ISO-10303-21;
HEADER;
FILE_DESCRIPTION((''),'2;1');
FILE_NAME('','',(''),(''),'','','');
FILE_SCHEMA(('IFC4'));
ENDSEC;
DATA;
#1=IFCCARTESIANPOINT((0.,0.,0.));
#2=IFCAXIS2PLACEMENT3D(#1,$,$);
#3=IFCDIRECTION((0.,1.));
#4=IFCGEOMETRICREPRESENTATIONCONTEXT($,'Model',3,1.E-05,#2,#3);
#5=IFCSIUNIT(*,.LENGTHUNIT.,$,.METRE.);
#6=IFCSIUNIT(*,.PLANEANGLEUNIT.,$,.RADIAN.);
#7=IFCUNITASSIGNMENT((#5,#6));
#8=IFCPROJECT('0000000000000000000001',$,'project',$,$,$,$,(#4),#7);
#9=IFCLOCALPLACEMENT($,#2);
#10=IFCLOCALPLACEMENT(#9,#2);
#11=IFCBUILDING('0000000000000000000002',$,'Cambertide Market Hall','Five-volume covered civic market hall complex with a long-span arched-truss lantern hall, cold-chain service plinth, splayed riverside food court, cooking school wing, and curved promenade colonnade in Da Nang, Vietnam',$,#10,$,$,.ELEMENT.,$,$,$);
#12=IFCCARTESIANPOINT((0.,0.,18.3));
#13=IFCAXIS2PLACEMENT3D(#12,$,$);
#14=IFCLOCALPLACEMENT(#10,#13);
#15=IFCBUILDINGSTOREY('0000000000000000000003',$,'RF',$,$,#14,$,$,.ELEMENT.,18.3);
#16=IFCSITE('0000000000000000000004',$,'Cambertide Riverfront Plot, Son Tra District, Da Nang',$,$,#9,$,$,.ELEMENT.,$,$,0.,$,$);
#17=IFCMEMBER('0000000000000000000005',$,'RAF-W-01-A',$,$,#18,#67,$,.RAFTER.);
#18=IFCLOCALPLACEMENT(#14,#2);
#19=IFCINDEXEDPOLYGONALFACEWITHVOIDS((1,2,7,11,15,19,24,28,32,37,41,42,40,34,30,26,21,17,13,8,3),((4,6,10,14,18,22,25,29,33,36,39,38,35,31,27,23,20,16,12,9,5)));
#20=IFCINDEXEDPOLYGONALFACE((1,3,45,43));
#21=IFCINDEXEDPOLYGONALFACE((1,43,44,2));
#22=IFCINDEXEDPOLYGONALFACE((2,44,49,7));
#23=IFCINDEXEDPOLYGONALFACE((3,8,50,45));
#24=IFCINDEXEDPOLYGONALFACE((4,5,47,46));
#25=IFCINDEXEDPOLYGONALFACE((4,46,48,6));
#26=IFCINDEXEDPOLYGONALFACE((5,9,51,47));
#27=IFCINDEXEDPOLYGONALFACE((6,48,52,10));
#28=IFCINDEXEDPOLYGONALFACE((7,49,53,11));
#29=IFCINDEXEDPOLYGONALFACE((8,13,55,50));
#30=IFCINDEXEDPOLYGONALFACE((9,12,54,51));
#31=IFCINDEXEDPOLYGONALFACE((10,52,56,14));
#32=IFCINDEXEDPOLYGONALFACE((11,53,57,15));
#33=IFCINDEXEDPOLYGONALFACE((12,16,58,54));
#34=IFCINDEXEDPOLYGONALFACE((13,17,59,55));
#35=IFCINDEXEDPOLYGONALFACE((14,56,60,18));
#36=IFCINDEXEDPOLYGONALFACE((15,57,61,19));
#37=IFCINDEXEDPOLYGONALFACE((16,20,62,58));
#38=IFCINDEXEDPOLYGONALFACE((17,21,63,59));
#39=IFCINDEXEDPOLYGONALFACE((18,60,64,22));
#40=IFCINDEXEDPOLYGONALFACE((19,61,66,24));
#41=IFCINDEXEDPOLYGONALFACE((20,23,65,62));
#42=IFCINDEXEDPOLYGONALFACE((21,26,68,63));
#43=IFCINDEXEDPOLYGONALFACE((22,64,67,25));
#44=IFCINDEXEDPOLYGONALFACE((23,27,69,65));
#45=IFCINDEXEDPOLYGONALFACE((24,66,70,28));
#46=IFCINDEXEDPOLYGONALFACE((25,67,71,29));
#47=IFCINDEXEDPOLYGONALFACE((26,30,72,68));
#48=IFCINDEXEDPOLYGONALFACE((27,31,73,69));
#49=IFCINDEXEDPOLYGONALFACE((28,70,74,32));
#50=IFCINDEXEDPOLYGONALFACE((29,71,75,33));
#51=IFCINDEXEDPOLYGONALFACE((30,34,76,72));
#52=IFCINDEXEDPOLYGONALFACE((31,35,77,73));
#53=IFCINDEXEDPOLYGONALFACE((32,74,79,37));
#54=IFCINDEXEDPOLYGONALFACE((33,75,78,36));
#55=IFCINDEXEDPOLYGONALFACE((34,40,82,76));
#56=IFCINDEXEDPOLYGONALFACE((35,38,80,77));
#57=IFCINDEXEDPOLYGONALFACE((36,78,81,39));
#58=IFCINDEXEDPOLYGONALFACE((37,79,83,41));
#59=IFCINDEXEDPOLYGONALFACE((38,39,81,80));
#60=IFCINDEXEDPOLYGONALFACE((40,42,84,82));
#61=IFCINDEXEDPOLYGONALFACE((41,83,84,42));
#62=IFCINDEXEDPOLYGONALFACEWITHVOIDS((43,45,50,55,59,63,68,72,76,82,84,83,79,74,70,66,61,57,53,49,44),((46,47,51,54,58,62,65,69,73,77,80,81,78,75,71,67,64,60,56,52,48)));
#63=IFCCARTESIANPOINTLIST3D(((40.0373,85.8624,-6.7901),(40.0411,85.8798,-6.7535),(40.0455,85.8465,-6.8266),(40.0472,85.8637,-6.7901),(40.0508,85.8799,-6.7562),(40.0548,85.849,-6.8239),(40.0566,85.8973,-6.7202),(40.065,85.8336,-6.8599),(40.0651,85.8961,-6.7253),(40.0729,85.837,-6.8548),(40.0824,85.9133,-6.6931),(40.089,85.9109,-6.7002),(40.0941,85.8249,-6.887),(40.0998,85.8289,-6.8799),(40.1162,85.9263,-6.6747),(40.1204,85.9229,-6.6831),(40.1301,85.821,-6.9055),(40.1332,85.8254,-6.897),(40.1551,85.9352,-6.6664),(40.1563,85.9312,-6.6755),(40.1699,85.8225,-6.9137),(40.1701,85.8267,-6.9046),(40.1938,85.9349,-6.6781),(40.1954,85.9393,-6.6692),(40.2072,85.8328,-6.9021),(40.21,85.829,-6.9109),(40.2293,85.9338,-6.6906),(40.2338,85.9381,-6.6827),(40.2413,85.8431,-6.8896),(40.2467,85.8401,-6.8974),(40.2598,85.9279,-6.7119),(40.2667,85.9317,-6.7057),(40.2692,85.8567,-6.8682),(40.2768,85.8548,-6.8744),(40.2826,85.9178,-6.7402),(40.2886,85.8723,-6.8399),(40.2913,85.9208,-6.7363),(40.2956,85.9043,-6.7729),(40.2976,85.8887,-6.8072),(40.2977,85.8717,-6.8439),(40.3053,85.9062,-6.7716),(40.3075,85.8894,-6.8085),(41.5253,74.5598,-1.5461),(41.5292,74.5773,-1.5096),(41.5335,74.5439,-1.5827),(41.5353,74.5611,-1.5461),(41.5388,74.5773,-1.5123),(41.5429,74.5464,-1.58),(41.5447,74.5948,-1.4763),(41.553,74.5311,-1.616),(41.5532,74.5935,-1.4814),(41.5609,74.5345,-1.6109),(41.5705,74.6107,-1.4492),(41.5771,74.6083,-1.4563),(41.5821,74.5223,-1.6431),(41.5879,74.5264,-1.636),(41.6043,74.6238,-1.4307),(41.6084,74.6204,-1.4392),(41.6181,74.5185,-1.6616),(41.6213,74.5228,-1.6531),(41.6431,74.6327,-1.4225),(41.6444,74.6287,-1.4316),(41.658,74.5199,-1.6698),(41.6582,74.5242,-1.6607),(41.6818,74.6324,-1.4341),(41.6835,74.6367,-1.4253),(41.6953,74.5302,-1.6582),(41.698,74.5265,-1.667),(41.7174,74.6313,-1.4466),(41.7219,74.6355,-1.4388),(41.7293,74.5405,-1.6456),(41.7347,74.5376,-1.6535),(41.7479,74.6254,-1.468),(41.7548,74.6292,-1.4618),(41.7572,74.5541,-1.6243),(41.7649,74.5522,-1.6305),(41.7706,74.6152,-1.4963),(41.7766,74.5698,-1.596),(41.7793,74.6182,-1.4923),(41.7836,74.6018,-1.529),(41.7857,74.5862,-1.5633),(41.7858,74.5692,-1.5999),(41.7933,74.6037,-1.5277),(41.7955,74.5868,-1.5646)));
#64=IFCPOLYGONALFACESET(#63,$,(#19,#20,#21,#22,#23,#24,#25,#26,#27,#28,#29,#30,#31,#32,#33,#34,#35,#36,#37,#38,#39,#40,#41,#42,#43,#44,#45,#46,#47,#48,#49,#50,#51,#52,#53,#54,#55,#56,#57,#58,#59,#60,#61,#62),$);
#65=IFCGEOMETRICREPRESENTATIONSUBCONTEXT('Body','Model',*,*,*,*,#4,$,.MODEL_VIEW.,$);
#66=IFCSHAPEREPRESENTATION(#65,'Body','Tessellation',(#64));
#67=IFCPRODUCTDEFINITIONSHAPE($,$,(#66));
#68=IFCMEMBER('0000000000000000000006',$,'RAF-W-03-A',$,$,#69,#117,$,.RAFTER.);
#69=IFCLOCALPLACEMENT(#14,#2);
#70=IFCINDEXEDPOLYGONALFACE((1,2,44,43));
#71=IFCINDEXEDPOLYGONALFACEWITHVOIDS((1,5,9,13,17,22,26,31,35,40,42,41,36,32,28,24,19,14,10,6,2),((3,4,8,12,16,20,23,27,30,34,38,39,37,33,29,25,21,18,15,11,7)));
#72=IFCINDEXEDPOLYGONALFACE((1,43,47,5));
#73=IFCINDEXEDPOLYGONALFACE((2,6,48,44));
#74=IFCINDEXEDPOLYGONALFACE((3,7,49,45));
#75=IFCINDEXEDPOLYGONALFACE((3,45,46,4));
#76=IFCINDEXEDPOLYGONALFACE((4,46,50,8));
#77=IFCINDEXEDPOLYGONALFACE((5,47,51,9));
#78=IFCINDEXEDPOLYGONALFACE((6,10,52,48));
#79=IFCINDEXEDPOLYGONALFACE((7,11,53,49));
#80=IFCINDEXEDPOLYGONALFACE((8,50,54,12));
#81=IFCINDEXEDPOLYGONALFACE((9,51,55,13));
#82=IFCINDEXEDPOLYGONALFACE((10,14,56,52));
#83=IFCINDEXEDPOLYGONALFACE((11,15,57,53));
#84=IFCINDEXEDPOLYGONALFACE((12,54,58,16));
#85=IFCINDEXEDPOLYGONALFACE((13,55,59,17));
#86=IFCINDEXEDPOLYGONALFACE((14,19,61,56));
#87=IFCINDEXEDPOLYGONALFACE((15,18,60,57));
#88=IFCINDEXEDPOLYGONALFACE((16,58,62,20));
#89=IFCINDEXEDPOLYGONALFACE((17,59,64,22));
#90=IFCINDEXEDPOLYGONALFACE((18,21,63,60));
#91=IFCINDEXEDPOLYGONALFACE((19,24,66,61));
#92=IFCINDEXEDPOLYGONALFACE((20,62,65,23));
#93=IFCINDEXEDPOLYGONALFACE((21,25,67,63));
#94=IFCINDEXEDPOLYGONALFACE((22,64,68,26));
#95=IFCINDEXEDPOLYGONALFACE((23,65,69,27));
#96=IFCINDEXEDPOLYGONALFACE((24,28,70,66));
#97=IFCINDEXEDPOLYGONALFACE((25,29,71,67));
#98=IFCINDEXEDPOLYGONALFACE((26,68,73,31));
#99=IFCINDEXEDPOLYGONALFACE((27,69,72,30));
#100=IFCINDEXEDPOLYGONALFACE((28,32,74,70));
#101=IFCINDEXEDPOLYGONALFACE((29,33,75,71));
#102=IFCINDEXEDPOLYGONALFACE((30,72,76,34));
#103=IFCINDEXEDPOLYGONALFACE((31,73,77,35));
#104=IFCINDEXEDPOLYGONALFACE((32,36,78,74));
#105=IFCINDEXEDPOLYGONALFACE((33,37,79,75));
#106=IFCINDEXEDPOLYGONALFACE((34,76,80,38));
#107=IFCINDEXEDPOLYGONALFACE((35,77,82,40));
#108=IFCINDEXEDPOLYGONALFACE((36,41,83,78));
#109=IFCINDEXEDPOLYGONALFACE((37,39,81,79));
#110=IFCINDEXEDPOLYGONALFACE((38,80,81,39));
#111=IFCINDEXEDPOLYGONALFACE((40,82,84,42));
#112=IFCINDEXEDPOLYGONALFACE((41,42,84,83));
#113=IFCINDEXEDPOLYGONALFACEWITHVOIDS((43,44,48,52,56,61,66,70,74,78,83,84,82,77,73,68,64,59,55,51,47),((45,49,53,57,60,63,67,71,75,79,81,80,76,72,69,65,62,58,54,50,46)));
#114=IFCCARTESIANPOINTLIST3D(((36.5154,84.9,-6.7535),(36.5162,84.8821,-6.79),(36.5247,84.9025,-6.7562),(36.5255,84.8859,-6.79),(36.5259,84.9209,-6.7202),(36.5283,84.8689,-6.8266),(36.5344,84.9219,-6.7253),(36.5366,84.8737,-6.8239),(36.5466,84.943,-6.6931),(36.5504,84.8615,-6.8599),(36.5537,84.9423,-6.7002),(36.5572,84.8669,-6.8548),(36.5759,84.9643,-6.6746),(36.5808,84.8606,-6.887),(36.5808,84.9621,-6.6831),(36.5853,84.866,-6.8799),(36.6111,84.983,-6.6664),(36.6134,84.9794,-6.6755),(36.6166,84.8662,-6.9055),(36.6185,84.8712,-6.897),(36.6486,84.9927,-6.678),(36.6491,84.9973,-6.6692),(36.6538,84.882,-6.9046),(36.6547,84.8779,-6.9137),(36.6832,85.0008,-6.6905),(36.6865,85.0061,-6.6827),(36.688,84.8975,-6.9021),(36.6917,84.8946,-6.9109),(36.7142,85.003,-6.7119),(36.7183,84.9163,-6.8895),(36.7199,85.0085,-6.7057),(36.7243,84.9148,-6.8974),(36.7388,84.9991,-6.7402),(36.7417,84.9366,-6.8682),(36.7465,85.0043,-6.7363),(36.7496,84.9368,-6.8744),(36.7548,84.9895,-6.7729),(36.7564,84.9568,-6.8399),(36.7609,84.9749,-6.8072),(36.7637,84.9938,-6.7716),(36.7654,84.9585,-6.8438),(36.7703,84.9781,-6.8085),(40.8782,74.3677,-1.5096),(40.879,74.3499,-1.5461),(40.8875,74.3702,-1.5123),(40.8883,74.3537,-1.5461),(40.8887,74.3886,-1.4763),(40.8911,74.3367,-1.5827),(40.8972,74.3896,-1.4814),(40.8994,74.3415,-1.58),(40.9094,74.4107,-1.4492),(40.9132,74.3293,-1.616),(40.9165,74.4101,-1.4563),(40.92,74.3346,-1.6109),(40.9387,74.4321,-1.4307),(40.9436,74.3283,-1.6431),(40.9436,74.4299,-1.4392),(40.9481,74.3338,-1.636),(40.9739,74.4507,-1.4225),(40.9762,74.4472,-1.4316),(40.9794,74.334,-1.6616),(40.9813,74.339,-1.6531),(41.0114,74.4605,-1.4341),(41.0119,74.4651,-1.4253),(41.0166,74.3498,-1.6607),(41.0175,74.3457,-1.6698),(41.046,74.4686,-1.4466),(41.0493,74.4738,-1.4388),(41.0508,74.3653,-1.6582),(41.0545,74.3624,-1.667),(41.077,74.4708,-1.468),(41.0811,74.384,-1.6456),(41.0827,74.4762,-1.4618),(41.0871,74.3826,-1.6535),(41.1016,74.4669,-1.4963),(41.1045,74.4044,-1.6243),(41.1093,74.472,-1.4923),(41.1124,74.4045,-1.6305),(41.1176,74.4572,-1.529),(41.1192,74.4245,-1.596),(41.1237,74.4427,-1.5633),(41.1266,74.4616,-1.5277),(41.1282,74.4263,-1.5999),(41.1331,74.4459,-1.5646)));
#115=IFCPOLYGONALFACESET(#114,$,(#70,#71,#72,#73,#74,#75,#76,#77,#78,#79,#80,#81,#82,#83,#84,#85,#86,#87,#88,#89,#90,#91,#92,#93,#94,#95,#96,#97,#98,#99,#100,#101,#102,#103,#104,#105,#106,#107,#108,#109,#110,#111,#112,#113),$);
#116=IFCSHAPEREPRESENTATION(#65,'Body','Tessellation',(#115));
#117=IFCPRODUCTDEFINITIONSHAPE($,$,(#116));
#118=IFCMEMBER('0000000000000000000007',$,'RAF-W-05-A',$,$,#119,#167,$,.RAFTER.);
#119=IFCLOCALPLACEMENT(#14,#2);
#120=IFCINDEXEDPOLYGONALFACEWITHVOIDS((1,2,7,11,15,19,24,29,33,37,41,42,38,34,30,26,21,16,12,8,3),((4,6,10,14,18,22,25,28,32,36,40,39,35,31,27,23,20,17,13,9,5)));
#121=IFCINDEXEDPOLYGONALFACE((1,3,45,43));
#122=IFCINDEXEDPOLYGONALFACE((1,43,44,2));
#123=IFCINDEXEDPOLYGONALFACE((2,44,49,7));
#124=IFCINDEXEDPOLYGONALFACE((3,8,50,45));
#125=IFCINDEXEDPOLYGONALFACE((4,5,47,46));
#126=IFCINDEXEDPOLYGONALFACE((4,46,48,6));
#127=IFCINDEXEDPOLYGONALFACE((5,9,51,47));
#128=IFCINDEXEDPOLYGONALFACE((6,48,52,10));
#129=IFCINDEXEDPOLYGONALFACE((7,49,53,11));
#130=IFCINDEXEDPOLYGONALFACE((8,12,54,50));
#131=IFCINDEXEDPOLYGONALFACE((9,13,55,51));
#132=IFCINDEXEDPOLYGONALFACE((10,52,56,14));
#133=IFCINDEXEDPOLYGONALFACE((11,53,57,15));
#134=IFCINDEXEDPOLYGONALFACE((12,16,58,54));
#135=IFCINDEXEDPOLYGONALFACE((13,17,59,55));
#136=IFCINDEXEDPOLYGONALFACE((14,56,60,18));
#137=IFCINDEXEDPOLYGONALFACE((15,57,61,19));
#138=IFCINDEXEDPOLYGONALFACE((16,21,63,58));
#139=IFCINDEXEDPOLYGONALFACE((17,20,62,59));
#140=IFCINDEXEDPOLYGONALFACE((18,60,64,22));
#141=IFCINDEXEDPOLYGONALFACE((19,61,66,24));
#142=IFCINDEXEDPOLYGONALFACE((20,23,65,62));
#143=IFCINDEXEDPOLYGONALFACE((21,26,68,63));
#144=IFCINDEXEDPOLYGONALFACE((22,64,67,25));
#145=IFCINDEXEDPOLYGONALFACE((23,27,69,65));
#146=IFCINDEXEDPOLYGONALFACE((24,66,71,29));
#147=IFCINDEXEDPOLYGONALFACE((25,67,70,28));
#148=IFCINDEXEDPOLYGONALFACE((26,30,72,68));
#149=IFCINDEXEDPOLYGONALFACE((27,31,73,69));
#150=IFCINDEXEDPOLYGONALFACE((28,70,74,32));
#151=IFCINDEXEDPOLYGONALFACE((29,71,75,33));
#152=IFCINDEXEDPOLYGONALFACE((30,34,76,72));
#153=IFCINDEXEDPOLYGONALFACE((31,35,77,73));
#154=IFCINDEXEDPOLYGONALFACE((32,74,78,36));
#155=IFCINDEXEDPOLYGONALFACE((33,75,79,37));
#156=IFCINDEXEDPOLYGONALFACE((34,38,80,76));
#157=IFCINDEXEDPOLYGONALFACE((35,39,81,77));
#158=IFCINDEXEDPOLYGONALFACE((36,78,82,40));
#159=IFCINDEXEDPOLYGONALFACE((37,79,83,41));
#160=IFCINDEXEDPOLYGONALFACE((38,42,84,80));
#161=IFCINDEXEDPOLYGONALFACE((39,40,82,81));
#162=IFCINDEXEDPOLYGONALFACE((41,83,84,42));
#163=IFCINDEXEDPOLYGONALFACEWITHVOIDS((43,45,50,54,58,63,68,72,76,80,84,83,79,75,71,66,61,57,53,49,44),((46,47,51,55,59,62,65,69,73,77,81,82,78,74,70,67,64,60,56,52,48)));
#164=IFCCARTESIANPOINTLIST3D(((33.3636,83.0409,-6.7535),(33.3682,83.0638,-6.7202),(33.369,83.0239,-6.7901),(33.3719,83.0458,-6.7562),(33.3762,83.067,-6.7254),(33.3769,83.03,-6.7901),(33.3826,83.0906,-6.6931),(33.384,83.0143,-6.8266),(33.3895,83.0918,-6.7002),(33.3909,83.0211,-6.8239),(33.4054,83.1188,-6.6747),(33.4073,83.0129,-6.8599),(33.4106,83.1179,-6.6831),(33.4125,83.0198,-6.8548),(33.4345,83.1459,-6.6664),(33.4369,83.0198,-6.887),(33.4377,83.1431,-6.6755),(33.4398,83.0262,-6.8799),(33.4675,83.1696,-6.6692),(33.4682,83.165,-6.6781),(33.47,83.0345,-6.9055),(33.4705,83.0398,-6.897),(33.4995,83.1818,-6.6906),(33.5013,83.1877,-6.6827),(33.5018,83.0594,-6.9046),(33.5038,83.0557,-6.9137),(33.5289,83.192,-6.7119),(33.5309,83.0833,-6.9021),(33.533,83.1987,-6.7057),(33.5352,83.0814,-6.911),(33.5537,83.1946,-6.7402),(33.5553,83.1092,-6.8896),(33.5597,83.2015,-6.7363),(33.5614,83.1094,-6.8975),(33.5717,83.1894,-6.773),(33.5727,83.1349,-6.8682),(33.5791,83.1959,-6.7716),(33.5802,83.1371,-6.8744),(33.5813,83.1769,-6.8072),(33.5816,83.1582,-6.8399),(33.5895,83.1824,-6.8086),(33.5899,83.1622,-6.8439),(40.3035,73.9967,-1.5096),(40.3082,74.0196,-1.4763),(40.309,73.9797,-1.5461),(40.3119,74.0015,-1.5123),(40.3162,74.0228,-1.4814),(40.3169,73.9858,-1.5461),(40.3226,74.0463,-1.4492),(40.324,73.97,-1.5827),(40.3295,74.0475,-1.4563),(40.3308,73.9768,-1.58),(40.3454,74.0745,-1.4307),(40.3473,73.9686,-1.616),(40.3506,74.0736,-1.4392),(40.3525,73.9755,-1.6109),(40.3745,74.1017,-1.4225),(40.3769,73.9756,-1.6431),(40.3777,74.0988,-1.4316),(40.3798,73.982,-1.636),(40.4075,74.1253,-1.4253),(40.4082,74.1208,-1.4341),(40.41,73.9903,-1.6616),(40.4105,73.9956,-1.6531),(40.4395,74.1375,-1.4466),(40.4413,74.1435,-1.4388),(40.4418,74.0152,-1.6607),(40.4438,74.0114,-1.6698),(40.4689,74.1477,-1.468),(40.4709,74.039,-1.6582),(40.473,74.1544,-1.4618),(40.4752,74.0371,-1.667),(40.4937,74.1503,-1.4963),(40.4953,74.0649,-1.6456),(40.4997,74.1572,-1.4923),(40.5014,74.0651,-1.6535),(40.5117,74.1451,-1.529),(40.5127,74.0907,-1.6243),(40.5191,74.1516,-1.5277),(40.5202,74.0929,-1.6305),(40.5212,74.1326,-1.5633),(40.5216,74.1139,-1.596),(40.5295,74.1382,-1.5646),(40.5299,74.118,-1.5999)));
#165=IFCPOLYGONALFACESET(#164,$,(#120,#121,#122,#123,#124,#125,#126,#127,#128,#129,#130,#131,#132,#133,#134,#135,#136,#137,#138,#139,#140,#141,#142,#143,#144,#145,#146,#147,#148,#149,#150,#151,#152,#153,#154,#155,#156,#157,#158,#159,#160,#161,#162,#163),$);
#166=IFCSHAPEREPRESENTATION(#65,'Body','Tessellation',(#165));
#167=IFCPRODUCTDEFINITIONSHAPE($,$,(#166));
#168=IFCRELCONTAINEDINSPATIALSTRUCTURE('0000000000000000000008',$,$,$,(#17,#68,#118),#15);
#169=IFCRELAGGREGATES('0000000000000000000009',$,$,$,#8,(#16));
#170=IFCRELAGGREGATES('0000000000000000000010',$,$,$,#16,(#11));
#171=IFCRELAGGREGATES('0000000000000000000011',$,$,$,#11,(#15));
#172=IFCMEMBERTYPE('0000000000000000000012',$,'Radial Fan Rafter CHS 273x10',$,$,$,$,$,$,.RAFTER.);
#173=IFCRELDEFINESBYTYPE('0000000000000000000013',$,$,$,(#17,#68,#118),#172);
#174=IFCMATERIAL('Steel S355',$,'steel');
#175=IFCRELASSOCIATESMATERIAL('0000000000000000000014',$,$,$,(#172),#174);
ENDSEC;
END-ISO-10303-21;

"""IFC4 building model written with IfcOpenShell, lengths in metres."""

from ifc_helpers import new_model, si_unit, direction, frame, origin, origin_2d, place, context, subcontext, project, spatial, hollow_circle, extrude, material, material_profile, profile_set, type_object, element, save


model = new_model("IFC4")

# Units and contexts
model_context = context("Model", 3, precision=1e-05, world=origin(), true_north=direction((0.0, 1.0)))
body_context = subcontext(model_context, "Body", "Model", "MODEL_VIEW")
ifc_project = project(units=[si_unit("LENGTHUNIT", "METRE"), si_unit("PLANEANGLEUNIT", "RADIAN")], contexts=[model_context])

# Site, building, storey
site_placement = place(None, origin())
site = spatial("IfcSite", under=ifc_project, at=site_placement, Name="Cambertide Riverfront Plot, Son Tra District, Da Nang", CompositionType="ELEMENT", RefElevation=0.0)
building_placement = place(site_placement, origin())
building = spatial("IfcBuilding", under=site, at=building_placement, Name="Cambertide Market Hall", Description="Five-volume covered civic market hall complex with a long-span arched-truss lantern hall, cold-chain service plinth, splayed riverside food court, cooking school wing, and curved promenade colonnade in Da Nang, Vietnam", CompositionType="ELEMENT")
storey_placement = place(building_placement, frame((0.0, 0.0, 18.3)))
storey = spatial("IfcBuildingStorey", under=building, at=storey_placement, Name="RF", CompositionType="ELEMENT", Elevation=18.3)

# Members
ifc_material_1 = material(Name="Steel S355", Category="steel")
ifc_material_profile_1 = material_profile(ifc_material_1, hollow_circle(Radius=0.1365, WallThickness=0.01, at=origin_2d()), Name="CHS 273x10")
ifc_profile_set_1 = profile_set([ifc_material_profile_1], Name="Steel S355")
member_type_1 = type_object("IfcMemberType", Name="Radial Fan Rafter CHS 273x10", PredefinedType="RAFTER", material=ifc_profile_set_1)
for number, where, z_axis, x_axis, name in (
    (1, (41.6606, 74.5776, -1.5461), (-0.118585, 0.900721, -0.417898), (-0.991444, -0.130529, 0.0), "RAF-W-01-A"),
    (2, (41.0051, 74.4021, -1.5461), (-0.34768, 0.839334, -0.417896), (-0.923873, -0.382699, 0.0), "RAF-W-03-A"),
    (3, (40.4172, 74.0627, -1.5461), (-0.55306, 0.720753, -0.417899), (-0.793349, -0.608766, 0.0), "RAF-W-05-A"),
):
    element("IfcMember", number, at=place(storey_placement, frame(where, z_axis=z_axis, x_axis=x_axis)), inside=storey, type_object=member_type_1, Name=name, PredefinedType="RAFTER", context=body_context, shape_type="SweptSolid", body=[
        extrude(hollow_circle(Radius=0.1365, WallThickness=0.01, at=origin_2d()), origin(), (0.0, 0.0, 1.0), 12.5483),
    ])

save(model, "model.ifc")
